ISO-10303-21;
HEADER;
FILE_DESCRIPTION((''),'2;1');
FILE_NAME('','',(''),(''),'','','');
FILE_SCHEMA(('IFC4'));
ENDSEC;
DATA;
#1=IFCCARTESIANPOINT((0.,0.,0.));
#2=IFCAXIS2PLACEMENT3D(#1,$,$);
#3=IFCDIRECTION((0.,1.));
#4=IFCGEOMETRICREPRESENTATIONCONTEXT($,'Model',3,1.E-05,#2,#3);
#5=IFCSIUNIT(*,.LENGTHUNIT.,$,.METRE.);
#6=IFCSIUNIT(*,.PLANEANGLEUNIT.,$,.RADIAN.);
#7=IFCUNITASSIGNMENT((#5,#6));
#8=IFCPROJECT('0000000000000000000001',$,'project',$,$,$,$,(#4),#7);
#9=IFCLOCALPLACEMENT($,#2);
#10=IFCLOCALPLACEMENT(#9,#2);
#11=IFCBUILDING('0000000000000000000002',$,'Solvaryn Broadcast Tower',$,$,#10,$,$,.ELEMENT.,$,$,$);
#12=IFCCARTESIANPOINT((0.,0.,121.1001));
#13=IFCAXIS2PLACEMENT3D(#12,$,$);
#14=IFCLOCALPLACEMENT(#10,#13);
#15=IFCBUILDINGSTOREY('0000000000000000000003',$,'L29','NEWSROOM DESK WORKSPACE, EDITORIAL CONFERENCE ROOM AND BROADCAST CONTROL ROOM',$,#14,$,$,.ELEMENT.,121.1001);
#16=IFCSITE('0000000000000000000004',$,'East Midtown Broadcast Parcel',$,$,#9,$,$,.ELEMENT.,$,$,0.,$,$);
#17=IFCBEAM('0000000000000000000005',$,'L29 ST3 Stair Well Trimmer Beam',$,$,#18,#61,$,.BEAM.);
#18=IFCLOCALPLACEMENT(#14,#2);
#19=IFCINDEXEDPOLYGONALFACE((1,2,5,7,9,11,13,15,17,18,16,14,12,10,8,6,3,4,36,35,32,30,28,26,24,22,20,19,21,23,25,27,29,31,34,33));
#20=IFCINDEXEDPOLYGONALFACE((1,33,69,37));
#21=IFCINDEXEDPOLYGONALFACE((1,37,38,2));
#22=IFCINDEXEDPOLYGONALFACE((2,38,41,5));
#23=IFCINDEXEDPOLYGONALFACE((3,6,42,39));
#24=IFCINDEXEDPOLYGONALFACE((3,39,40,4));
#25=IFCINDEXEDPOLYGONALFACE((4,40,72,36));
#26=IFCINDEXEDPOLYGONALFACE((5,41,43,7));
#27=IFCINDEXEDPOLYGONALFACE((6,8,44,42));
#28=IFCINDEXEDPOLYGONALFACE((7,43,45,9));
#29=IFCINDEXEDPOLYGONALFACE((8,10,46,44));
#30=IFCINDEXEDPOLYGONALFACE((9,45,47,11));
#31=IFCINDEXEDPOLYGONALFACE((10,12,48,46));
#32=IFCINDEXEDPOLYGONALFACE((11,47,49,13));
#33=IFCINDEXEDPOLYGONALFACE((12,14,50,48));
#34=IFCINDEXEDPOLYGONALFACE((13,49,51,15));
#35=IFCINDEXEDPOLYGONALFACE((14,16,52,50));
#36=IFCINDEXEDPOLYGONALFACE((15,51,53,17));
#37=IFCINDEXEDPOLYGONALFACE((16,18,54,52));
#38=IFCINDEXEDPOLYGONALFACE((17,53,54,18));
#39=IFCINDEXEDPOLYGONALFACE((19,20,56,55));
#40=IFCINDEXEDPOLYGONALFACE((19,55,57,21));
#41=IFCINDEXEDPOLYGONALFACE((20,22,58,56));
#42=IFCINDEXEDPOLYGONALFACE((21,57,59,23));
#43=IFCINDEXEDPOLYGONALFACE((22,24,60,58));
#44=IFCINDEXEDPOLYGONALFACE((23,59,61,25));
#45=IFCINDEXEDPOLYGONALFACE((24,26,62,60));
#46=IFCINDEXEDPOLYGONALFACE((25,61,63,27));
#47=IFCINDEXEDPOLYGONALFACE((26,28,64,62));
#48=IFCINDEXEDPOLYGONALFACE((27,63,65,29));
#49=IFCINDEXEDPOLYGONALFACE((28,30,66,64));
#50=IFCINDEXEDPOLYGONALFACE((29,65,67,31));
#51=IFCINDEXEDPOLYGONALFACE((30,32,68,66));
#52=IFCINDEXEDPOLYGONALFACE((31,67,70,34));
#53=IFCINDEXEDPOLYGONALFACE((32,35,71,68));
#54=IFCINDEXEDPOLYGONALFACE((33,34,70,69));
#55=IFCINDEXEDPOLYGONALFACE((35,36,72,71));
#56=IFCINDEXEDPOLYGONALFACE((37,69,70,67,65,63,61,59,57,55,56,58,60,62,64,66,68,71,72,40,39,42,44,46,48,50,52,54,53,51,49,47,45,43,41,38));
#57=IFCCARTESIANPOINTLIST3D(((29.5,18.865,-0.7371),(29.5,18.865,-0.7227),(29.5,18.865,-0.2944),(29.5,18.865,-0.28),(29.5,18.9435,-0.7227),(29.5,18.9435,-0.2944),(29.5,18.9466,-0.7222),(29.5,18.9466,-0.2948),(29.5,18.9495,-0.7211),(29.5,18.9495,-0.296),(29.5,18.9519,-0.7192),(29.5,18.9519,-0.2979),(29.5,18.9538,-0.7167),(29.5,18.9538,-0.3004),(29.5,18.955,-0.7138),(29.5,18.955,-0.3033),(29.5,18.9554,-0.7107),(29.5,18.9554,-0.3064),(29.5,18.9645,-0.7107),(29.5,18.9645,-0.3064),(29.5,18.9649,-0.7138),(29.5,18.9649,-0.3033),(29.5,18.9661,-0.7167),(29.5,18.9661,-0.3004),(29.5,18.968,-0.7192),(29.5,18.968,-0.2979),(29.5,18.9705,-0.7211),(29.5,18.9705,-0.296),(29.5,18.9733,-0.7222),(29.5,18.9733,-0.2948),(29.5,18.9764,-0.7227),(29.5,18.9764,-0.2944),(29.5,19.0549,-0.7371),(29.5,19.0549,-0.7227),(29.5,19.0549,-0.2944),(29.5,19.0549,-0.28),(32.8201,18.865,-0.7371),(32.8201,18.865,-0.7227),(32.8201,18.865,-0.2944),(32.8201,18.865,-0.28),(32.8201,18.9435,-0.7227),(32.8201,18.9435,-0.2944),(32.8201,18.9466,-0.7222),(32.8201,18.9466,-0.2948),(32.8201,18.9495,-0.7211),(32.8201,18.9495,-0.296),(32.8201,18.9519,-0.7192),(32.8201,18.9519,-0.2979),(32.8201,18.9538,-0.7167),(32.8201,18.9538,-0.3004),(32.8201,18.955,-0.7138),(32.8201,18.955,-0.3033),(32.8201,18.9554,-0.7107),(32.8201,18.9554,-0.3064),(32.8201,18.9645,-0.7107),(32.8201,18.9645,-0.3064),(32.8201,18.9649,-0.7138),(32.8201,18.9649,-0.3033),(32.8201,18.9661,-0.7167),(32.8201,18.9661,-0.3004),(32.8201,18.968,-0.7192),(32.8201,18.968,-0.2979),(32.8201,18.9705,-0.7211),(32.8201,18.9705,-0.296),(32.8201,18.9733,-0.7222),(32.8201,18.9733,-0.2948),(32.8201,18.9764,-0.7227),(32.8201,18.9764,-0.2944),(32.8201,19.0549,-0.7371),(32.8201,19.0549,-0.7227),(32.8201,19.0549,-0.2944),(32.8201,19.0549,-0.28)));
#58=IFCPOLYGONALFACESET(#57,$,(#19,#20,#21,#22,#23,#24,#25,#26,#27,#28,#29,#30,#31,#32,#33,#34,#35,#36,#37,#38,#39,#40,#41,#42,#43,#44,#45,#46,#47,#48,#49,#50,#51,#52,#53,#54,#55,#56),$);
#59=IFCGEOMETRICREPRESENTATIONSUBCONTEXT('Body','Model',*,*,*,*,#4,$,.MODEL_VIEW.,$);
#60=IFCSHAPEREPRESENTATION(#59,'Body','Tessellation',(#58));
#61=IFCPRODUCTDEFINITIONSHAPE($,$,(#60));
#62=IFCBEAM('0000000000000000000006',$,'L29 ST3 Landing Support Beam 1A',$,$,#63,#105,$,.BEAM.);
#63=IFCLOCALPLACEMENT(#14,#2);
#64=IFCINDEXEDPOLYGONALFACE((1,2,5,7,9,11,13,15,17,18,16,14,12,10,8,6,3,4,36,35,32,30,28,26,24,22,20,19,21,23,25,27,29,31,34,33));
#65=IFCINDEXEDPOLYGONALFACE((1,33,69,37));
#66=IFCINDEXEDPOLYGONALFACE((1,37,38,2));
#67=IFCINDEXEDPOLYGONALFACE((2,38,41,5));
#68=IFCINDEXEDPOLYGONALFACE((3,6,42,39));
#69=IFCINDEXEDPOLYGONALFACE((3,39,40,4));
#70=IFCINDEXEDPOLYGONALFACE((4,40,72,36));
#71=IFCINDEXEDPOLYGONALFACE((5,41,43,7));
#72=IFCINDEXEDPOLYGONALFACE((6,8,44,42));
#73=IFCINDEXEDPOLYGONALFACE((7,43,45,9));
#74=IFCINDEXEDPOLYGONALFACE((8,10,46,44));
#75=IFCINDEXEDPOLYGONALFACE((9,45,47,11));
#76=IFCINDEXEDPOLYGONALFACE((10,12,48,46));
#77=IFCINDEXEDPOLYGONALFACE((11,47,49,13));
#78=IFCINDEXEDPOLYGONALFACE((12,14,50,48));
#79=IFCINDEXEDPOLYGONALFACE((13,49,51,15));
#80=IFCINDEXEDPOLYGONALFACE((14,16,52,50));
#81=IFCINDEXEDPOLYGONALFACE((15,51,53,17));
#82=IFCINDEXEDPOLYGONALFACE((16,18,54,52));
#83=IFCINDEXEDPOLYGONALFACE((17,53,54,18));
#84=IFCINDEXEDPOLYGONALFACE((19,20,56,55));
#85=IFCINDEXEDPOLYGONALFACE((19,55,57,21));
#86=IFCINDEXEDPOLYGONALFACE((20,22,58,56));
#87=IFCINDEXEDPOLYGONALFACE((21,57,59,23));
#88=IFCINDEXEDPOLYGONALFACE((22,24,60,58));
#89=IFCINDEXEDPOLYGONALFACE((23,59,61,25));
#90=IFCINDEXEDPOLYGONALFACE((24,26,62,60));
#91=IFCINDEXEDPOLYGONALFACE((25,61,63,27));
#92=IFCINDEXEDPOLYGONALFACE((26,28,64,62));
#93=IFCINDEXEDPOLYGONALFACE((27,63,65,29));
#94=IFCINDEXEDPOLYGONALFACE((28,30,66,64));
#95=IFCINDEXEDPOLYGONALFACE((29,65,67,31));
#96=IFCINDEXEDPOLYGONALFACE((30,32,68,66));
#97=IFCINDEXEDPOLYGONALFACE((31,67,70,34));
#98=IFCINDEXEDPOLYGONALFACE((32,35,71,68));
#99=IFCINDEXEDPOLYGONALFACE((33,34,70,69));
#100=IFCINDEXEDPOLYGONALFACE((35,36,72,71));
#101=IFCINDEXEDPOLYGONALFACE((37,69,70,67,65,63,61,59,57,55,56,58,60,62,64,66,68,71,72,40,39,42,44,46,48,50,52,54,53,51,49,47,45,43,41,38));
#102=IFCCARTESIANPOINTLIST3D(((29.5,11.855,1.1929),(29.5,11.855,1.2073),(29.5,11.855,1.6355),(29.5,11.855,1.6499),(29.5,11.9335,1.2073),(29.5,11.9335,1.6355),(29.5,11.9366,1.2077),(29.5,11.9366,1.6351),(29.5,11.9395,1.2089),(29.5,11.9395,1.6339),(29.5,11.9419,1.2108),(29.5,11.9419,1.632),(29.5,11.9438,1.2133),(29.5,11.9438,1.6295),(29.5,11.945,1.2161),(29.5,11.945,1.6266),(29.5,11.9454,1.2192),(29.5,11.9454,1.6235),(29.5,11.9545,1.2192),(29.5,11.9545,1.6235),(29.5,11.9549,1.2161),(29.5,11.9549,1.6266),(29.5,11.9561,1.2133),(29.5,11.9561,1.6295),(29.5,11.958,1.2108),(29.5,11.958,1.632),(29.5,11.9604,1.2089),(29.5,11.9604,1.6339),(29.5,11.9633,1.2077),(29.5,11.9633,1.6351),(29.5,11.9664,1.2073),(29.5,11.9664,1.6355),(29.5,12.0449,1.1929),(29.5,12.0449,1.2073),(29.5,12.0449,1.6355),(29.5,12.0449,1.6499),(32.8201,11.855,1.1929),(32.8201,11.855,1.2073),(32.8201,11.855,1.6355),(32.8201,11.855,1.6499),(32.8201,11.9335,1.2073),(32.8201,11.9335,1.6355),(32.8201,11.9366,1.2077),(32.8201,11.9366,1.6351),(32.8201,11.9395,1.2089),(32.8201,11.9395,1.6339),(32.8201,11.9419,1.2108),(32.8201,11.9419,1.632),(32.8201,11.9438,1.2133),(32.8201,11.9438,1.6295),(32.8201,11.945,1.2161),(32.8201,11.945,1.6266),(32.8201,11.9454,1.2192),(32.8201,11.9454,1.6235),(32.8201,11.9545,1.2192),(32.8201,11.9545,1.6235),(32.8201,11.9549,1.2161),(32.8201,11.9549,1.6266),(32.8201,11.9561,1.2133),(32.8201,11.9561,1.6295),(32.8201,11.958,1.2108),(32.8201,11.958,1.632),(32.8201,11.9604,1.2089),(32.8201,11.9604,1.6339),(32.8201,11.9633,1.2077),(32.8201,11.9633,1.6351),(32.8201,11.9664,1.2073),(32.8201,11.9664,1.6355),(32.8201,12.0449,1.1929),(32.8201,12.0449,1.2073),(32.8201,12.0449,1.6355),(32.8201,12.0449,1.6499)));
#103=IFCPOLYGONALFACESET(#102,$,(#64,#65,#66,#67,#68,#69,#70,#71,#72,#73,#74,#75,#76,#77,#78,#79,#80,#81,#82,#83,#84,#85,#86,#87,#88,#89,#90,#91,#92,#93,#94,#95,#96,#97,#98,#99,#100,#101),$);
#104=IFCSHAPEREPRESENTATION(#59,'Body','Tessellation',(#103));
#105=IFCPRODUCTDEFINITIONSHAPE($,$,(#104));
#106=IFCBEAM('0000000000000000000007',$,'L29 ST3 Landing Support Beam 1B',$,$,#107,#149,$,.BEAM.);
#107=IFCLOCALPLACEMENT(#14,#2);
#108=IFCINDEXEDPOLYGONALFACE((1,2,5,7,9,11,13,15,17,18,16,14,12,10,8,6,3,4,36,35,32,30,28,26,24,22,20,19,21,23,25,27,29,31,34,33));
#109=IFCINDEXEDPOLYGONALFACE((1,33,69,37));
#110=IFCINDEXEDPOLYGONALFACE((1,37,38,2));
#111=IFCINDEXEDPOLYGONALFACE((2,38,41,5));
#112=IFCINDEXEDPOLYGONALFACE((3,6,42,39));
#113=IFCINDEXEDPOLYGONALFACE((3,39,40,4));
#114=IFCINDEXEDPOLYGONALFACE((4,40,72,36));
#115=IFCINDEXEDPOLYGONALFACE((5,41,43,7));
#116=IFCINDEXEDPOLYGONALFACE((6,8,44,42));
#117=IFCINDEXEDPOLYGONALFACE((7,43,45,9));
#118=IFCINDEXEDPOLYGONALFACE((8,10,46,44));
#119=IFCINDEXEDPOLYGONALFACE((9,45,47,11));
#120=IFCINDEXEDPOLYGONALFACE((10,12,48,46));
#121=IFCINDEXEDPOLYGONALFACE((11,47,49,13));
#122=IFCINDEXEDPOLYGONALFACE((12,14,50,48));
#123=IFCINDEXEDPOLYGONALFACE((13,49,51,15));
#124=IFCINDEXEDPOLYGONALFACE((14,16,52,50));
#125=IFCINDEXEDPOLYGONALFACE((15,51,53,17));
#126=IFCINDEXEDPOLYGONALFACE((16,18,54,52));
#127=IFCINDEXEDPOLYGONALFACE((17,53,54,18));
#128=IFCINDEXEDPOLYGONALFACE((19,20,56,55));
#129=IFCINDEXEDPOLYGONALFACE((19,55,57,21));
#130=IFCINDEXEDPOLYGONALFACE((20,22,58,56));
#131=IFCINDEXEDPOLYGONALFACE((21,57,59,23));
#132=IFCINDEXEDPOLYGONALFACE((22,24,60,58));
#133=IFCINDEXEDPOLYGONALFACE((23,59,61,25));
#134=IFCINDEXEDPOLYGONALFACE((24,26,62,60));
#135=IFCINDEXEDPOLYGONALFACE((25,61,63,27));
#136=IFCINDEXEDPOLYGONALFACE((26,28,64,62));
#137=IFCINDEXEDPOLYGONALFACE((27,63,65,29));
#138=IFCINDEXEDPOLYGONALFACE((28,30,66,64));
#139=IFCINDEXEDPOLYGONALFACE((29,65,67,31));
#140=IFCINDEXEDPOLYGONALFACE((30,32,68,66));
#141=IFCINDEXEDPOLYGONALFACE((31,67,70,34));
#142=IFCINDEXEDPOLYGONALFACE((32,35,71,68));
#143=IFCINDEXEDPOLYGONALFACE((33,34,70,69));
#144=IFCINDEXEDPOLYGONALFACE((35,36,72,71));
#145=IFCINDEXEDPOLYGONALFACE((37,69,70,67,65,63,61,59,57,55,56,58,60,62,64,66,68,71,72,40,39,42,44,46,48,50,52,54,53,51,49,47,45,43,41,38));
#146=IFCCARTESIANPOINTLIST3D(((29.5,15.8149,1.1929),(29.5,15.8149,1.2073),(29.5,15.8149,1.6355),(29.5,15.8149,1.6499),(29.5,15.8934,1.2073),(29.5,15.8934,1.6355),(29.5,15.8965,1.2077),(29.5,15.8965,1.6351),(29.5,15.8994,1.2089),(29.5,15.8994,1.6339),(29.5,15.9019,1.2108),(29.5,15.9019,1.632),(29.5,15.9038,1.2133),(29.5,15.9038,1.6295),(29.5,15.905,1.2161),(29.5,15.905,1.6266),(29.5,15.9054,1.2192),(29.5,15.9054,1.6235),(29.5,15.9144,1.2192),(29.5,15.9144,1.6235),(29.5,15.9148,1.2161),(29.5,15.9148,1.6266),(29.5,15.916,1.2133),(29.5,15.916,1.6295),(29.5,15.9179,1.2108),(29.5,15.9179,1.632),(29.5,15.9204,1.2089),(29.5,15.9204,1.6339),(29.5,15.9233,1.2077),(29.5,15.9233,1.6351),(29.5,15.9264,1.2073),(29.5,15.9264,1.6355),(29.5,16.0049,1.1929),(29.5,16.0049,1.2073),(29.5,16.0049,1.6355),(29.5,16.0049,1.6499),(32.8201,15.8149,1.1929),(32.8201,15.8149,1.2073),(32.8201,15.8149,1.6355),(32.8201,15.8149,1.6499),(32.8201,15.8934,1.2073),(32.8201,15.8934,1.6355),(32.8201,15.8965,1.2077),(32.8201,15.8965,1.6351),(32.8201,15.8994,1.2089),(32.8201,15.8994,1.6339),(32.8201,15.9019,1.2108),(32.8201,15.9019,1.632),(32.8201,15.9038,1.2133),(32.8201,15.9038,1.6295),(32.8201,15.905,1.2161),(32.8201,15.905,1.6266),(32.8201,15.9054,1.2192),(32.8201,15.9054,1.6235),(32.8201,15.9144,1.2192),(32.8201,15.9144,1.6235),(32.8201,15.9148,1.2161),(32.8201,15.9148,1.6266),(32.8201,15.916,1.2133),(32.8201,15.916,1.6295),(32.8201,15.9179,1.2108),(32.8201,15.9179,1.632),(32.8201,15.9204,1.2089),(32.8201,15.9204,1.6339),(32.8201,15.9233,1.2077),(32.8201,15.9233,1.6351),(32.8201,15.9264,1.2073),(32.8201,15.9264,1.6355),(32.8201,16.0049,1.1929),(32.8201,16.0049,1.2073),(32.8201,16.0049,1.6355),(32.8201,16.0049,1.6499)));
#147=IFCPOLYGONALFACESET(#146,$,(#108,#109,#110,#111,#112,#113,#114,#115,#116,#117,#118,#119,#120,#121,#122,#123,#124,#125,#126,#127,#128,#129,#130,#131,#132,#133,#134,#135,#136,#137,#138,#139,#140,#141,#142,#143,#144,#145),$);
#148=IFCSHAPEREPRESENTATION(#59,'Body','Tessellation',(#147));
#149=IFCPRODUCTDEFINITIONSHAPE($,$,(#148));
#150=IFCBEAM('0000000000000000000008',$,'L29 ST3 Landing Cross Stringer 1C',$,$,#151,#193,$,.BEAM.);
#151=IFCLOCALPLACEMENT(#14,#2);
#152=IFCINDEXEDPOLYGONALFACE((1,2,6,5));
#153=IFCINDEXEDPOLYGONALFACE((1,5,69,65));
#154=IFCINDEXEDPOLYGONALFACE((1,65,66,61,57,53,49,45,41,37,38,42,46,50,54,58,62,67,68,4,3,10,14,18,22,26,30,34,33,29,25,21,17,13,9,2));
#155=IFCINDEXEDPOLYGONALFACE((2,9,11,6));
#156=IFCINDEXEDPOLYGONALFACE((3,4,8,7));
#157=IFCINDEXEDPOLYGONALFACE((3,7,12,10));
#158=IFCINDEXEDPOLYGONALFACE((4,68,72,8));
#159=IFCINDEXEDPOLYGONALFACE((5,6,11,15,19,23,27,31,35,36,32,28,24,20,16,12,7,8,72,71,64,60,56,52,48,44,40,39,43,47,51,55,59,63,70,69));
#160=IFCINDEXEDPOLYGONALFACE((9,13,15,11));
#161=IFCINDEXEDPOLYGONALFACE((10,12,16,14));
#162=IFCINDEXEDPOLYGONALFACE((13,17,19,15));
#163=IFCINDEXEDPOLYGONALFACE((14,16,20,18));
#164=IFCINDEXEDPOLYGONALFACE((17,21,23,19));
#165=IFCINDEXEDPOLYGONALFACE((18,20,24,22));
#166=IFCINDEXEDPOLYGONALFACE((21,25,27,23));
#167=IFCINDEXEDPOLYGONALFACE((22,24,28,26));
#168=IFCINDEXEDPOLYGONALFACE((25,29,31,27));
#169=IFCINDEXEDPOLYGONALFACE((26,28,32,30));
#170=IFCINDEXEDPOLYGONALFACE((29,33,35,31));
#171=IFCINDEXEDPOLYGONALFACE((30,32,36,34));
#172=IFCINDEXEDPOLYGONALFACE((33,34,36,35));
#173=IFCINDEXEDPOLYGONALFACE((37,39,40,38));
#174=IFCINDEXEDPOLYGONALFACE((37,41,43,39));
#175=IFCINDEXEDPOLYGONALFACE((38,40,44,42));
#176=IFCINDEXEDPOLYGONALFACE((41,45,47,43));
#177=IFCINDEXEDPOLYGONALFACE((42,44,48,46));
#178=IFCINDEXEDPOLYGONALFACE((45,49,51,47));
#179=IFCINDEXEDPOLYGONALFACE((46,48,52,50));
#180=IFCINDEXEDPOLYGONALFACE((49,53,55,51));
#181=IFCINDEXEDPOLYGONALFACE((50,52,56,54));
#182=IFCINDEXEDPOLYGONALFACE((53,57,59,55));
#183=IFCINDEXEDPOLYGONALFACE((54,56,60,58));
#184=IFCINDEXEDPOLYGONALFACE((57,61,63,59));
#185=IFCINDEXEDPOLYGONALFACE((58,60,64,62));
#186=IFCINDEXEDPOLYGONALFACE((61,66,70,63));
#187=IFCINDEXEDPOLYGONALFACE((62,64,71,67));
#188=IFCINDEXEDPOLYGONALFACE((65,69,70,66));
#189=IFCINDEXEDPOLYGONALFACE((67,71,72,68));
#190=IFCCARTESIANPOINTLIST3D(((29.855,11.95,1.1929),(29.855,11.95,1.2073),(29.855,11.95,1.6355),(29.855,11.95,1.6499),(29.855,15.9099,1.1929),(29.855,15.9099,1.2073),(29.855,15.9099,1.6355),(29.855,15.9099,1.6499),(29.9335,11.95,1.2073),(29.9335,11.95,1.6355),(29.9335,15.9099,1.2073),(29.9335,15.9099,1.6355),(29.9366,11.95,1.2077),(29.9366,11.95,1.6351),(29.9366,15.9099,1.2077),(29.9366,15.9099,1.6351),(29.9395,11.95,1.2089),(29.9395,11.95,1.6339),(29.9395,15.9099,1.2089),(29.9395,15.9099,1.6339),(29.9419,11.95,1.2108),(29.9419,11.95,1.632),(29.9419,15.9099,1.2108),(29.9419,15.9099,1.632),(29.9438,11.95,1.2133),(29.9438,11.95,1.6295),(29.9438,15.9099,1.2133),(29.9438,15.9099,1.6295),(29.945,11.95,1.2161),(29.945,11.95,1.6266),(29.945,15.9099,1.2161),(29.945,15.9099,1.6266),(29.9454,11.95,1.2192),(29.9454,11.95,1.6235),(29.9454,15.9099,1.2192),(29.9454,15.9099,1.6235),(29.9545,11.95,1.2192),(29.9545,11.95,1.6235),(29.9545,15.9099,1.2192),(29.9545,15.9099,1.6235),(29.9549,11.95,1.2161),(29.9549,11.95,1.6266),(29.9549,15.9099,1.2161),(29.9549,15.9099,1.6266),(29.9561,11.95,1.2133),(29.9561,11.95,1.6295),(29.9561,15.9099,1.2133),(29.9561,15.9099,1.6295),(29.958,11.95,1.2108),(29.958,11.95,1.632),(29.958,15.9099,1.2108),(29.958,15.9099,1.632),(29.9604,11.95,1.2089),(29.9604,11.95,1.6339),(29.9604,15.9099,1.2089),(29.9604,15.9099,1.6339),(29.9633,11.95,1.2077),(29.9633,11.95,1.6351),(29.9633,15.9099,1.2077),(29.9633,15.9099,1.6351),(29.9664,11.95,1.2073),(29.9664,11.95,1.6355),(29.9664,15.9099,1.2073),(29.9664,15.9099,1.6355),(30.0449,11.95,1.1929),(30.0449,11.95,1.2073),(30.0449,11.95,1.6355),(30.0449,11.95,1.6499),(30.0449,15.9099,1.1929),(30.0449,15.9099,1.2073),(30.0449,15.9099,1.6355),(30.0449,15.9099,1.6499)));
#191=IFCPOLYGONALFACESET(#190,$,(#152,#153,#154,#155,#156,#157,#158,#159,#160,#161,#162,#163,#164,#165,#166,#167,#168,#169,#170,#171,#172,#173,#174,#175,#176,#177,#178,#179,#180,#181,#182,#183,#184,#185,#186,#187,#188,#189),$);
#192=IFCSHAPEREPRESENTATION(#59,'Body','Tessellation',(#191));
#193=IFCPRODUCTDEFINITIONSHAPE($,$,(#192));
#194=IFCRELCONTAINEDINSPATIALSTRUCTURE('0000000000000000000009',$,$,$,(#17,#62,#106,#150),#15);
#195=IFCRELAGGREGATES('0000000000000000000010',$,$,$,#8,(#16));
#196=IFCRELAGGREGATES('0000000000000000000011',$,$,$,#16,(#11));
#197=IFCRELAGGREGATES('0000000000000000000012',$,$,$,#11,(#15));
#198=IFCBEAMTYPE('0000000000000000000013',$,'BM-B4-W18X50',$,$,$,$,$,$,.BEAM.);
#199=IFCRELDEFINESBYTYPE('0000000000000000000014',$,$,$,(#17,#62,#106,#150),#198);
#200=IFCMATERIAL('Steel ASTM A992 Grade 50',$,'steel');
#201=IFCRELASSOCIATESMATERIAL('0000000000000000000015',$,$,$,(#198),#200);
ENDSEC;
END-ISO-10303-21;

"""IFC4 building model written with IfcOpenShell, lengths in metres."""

from ifc_helpers import new_model, si_unit, direction, frame, origin, origin_2d, place, context, subcontext, project, spatial, i_section, extrude, material, material_profile, profile_set, type_object, element, save


model = new_model("IFC4")

# Units and contexts
model_context = context("Model", 3, precision=1e-05, world=origin(), true_north=direction((0.0, 1.0)))
body_context = subcontext(model_context, "Body", "Model", "MODEL_VIEW")
ifc_project = project(units=[si_unit("LENGTHUNIT", "METRE"), si_unit("PLANEANGLEUNIT", "RADIAN")], contexts=[model_context])

# Site, building, storey
site_placement = place(None, origin())
site = spatial("IfcSite", under=ifc_project, at=site_placement, Name="East Midtown Broadcast Parcel", CompositionType="ELEMENT", RefElevation=0.0)
building_placement = place(site_placement, origin())
building = spatial("IfcBuilding", under=site, at=building_placement, Name="Solvaryn Broadcast Tower", CompositionType="ELEMENT")
storey_placement = place(building_placement, frame((0.0, 0.0, 121.1001)))
storey = spatial("IfcBuildingStorey", under=building, at=storey_placement, Name="L29", Description="NEWSROOM DESK WORKSPACE, EDITORIAL CONFERENCE ROOM AND BROADCAST CONTROL ROOM", CompositionType="ELEMENT", Elevation=121.1001)

# Beams
ifc_material_1 = material(Name="Steel ASTM A992 Grade 50", Category="steel")
ifc_material_profile_1 = material_profile(ifc_material_1, i_section(OverallWidth=0.1899, OverallDepth=0.457, WebThickness=0.009, FlangeThickness=0.0144, FilletRadius=0.012, at=origin_2d()))
ifc_profile_set_1 = profile_set([ifc_material_profile_1], Name="Steel ASTM A992 Grade 50")
beam_type_1 = type_object("IfcBeamType", Name="BM-B4-W18X50", PredefinedType="BEAM", material=ifc_profile_set_1)
for number, where, z_axis, x_axis, name in (
    (1, (29.5, 18.96, -0.5085), (1.0, 0.0, 0.0), (0.0, 1.0, 0.0), "L29 ST3 Stair Well Trimmer Beam"),
    (2, (29.5, 11.95, 1.4214), (1.0, 0.0, 0.0), (0.0, 1.0, 0.0), "L29 ST3 Landing Support Beam 1A"),
    (3, (29.5, 15.9099, 1.4214), (1.0, 0.0, 0.0), (0.0, 1.0, 0.0), "L29 ST3 Landing Support Beam 1B"),
):
    element("IfcBeam", number, at=place(storey_placement, frame(where, z_axis=z_axis, x_axis=x_axis)), inside=storey, type_object=beam_type_1, Name=name, PredefinedType="BEAM", context=body_context, shape_type="SweptSolid", body=[
        extrude(i_section(OverallWidth=0.1899, OverallDepth=0.457, WebThickness=0.009, FlangeThickness=0.0144, FilletRadius=0.012, at=origin_2d()), origin(), (0.0, 0.0, 1.0), 3.3201),
    ])
beam_1_placement = place(storey_placement, frame((29.95, 11.95, 1.4214), z_axis=(0.0, 1.0, 0.0), x_axis=(-1.0, 0.0, 0.0)))
element("IfcBeam", 4, at=beam_1_placement, inside=storey, type_object=beam_type_1, Name="L29 ST3 Landing Cross Stringer 1C", PredefinedType="BEAM", context=body_context, shape_type="SweptSolid", body=[
    extrude(i_section(OverallWidth=0.1899, OverallDepth=0.457, WebThickness=0.009, FlangeThickness=0.0144, FilletRadius=0.012, at=origin_2d()), origin(), (0.0, 0.0, 1.0), 3.96),
])

save(model, "model.ifc")
